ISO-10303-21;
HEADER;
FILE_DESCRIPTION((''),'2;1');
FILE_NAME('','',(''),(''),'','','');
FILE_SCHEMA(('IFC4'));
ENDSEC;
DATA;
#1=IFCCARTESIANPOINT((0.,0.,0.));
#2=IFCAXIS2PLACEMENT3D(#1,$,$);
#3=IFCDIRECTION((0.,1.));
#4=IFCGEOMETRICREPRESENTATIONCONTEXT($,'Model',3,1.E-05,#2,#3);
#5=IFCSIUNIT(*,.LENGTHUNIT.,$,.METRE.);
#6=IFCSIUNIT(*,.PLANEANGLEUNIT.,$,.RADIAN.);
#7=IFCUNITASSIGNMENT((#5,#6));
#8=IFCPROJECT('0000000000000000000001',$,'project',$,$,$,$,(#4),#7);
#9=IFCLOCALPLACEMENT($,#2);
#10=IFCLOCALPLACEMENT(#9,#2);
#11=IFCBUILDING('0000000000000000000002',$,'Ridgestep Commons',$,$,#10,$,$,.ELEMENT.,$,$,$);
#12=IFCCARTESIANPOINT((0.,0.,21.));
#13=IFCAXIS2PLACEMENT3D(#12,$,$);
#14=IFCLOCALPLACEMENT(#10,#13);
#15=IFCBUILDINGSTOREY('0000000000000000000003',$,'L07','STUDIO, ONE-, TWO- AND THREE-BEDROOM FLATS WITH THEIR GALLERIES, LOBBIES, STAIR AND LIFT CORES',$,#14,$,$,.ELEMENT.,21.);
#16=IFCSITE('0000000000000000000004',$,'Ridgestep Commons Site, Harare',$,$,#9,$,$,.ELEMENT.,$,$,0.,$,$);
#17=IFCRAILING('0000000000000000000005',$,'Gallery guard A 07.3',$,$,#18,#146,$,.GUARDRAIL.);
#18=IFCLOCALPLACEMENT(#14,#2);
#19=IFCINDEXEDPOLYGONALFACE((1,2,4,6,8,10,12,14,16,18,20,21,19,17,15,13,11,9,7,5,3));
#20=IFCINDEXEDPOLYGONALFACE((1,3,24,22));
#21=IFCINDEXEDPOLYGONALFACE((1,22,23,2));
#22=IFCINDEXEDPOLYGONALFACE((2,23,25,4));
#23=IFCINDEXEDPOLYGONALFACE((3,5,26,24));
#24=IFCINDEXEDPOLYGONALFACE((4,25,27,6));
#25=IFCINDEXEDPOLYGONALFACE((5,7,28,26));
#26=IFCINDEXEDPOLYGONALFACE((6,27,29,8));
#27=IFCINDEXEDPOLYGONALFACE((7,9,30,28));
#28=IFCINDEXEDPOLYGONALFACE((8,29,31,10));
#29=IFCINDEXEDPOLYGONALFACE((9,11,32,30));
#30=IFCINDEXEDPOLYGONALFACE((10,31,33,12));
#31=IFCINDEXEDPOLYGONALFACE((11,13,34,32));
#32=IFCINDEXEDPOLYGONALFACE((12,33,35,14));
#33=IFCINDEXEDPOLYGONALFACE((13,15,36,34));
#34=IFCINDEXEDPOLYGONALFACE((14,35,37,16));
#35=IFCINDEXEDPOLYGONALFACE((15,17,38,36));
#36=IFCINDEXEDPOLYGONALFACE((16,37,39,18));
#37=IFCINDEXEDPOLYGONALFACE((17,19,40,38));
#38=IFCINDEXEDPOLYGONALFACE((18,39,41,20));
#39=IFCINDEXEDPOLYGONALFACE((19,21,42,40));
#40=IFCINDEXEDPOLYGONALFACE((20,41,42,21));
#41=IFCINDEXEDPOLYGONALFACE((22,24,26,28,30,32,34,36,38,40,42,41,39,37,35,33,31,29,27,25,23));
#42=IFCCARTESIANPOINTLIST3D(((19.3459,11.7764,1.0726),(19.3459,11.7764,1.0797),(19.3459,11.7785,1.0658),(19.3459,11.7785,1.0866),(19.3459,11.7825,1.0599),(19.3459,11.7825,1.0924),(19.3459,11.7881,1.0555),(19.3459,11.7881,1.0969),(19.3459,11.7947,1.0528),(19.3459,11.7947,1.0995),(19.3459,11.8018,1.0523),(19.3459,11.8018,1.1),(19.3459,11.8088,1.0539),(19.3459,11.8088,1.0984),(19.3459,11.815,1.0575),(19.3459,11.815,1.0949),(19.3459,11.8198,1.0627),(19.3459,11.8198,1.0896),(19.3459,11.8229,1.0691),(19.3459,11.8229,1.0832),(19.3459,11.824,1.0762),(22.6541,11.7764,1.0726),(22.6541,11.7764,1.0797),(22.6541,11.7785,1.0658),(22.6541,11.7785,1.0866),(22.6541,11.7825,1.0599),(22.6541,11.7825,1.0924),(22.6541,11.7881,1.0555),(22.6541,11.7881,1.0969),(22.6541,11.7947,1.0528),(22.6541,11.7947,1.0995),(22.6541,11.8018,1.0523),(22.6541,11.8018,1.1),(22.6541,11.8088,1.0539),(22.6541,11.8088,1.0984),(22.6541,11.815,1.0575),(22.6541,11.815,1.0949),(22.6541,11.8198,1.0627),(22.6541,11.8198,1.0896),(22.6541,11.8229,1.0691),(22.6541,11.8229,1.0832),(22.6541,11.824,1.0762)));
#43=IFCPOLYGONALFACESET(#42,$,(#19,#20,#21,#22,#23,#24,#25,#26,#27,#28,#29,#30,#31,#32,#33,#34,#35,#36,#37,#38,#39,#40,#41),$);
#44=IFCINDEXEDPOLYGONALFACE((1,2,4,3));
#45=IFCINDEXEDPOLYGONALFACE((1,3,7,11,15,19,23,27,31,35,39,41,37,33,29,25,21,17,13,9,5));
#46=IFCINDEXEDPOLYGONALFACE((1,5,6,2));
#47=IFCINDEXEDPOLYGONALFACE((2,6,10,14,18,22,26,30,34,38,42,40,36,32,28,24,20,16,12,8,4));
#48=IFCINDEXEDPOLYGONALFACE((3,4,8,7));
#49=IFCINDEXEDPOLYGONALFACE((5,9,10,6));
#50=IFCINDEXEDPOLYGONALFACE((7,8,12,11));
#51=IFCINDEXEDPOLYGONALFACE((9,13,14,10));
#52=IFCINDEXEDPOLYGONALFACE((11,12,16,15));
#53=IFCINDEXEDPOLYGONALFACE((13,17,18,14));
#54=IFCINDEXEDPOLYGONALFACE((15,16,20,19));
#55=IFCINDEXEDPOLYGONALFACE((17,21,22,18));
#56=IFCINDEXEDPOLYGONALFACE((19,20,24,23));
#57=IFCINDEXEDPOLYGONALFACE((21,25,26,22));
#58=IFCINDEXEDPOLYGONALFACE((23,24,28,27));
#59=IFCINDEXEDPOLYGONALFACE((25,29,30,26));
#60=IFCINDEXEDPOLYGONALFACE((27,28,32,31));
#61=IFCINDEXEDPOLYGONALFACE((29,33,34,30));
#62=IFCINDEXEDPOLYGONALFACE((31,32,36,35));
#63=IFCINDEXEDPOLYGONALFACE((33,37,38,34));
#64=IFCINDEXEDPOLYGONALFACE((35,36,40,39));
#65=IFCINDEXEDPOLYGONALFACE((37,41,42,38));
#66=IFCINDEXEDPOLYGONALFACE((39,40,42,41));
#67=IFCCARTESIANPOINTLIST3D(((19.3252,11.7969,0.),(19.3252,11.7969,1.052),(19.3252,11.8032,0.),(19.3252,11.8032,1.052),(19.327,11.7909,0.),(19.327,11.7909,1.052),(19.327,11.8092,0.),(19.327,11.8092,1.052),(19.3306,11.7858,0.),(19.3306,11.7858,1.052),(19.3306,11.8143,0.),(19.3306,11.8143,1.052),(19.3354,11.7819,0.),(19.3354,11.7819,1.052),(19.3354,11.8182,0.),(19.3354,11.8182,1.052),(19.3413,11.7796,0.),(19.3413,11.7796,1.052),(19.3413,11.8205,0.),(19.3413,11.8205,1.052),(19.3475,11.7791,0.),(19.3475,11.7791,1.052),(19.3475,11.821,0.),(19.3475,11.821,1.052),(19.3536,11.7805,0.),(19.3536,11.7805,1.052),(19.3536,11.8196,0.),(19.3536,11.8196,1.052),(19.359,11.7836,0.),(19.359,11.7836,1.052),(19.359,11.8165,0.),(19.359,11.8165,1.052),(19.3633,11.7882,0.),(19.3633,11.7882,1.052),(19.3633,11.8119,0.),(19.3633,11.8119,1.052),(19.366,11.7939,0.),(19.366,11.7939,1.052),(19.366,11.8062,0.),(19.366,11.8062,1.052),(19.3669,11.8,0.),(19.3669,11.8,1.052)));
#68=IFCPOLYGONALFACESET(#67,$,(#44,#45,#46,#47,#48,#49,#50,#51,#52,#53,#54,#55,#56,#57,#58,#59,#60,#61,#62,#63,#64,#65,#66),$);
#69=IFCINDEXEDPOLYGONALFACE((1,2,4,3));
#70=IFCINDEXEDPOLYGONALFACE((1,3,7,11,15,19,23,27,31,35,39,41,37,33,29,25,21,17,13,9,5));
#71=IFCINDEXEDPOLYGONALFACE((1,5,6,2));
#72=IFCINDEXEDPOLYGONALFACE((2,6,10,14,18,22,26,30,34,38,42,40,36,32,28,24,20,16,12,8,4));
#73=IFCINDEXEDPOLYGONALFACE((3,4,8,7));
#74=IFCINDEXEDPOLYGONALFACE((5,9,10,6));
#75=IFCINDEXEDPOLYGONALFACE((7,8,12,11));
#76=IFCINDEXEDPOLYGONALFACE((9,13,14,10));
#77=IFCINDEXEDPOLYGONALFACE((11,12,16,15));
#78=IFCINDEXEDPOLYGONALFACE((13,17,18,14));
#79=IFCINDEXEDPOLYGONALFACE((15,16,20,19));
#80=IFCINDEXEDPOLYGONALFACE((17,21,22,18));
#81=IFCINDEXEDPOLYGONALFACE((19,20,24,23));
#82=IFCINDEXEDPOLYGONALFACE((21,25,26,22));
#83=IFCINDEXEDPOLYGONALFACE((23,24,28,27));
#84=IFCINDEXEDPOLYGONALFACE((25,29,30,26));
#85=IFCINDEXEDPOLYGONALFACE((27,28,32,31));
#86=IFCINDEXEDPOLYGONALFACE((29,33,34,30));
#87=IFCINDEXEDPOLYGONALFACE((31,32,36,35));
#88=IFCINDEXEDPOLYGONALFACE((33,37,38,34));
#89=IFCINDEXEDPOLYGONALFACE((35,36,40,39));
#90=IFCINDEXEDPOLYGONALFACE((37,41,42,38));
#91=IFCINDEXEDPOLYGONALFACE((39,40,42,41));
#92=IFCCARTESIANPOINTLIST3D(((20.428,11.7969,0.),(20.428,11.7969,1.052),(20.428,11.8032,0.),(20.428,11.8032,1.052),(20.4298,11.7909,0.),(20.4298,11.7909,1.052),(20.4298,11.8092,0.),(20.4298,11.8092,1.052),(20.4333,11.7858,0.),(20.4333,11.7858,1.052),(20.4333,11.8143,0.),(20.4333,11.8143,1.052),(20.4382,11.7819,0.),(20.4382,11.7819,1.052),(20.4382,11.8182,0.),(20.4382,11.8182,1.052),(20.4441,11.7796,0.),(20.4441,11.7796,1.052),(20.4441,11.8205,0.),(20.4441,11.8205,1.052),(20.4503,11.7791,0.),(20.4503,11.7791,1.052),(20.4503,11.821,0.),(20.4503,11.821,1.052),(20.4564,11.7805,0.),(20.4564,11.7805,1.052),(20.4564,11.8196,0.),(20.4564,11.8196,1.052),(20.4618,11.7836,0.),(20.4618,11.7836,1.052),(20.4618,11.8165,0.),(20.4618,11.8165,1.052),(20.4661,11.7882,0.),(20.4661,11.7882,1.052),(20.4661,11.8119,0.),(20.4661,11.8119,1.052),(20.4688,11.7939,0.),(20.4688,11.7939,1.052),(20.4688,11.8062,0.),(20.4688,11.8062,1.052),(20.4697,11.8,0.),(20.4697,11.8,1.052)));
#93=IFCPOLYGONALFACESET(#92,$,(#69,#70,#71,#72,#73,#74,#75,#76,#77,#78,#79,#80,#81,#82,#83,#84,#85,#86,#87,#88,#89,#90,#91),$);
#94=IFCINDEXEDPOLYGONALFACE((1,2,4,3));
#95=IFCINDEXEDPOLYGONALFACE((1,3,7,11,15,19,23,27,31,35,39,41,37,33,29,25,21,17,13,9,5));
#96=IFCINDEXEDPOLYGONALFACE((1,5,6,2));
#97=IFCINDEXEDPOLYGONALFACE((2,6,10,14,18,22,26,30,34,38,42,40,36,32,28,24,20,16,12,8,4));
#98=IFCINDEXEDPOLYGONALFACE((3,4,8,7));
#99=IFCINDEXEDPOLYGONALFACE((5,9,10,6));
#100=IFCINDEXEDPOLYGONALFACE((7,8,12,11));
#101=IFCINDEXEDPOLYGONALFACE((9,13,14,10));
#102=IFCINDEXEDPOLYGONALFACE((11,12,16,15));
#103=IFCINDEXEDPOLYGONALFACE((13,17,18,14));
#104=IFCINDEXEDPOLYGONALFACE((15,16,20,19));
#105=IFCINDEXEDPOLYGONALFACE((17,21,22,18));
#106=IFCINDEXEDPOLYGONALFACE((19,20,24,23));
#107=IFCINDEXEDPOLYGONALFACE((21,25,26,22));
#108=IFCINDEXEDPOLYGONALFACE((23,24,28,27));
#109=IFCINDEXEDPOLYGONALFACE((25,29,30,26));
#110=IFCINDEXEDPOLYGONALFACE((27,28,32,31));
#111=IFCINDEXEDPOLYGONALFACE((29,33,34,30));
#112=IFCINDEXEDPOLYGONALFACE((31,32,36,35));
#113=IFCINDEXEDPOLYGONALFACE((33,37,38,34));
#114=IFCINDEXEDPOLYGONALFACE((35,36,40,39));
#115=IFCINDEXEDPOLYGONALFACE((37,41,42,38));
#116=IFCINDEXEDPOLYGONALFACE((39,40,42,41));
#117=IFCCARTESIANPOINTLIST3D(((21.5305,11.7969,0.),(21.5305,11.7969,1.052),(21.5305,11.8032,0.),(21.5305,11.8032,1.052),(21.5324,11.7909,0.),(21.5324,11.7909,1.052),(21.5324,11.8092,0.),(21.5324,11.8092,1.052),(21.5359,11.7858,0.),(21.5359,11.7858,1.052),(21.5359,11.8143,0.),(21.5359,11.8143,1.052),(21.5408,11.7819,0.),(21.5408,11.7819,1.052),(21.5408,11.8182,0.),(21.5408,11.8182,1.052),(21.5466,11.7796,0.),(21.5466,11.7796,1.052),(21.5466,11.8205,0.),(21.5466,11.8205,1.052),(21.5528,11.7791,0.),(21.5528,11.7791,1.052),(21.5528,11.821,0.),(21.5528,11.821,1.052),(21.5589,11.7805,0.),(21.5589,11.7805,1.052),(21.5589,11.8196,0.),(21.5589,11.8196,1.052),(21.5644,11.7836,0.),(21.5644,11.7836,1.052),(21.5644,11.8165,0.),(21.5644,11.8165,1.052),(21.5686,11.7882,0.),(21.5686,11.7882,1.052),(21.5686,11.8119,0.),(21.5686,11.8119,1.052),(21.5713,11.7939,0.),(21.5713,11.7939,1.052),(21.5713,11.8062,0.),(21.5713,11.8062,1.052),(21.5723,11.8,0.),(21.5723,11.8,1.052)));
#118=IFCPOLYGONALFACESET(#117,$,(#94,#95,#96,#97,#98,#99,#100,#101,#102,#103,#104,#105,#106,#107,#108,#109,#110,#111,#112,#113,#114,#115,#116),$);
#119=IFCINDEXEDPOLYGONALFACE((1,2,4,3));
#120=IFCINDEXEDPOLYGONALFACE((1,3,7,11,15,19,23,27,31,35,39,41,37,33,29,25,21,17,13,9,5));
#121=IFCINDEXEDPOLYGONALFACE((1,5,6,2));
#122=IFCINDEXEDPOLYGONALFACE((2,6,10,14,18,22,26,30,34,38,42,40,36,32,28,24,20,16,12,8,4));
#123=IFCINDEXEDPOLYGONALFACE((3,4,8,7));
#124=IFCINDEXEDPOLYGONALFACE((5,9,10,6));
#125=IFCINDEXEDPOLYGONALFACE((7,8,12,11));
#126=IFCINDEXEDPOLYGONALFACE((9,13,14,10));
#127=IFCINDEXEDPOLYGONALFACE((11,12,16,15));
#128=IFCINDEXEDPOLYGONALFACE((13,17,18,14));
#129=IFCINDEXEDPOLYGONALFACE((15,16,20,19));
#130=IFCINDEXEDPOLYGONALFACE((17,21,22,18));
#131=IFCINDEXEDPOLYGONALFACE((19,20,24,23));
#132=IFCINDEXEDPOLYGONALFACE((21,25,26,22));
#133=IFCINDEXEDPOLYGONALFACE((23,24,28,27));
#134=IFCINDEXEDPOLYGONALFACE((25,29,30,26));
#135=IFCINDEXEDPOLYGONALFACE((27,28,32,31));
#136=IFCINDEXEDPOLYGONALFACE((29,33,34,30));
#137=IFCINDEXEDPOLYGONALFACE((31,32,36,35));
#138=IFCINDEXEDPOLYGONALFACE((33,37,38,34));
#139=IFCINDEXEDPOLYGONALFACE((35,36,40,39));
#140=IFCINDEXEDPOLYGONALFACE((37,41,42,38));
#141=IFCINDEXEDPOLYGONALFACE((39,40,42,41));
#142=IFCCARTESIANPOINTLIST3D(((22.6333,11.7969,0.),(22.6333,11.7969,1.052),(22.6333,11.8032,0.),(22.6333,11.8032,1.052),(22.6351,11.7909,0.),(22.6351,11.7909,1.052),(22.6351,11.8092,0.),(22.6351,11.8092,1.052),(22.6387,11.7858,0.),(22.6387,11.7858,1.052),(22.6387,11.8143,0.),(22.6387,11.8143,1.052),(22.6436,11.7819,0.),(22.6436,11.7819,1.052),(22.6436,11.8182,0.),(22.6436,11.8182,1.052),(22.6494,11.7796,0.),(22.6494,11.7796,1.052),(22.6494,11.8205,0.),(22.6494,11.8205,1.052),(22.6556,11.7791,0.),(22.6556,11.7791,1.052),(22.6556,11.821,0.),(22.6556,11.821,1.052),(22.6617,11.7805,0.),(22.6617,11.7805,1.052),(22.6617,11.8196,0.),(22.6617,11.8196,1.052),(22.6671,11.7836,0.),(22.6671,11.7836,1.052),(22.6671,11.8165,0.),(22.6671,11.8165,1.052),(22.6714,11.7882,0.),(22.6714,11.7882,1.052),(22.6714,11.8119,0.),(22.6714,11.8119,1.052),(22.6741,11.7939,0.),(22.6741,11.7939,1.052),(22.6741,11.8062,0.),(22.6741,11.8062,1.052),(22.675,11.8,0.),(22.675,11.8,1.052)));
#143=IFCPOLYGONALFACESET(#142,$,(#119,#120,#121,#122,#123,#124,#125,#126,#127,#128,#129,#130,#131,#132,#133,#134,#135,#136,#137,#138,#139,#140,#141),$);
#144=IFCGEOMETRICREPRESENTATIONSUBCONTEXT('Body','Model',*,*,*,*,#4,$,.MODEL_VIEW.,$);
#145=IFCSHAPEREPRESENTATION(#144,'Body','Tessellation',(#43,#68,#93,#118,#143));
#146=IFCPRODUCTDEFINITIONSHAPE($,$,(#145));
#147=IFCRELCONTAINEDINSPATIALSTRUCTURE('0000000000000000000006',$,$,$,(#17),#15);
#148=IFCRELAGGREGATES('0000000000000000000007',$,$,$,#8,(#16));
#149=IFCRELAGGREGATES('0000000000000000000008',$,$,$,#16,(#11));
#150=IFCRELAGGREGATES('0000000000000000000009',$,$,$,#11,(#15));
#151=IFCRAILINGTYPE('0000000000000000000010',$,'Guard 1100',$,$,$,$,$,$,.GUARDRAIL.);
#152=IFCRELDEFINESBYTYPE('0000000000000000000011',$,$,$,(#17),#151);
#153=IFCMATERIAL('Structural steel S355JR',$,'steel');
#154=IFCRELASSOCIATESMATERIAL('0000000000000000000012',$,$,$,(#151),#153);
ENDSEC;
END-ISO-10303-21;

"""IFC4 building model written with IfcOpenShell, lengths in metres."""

from ifc_helpers import new_model, si_unit, direction, frame, origin, origin_2d, place, context, subcontext, project, spatial, circle, extrude, material, type_object, element, save


model = new_model("IFC4")

# Units and contexts
model_context = context("Model", 3, precision=1e-05, world=origin(), true_north=direction((0.0, 1.0)))
body_context = subcontext(model_context, "Body", "Model", "MODEL_VIEW")
ifc_project = project(units=[si_unit("LENGTHUNIT", "METRE"), si_unit("PLANEANGLEUNIT", "RADIAN")], contexts=[model_context])

# Site, building, storey
site_placement = place(None, origin())
site = spatial("IfcSite", under=ifc_project, at=site_placement, Name="Ridgestep Commons Site, Harare", CompositionType="ELEMENT", RefElevation=0.0)
building_placement = place(site_placement, origin())
building = spatial("IfcBuilding", under=site, at=building_placement, Name="Ridgestep Commons", CompositionType="ELEMENT")
storey_placement = place(building_placement, frame((0.0, 0.0, 21.0)))
storey = spatial("IfcBuildingStorey", under=building, at=storey_placement, Name="L07", Description="STUDIO, ONE-, TWO- AND THREE-BEDROOM FLATS WITH THEIR GALLERIES, LOBBIES, STAIR AND LIFT CORES", CompositionType="ELEMENT", Elevation=21.0)

# Railing
ifc_material_1 = material(Name="Structural steel S355JR", Category="steel")
railing_type = type_object("IfcRailingType", Name="Guard 1100", PredefinedType="GUARDRAIL", material=ifc_material_1)
railing_1_placement = place(storey_placement, frame((19.3459, 11.8, 0.0)))
element("IfcRailing", 1, at=railing_1_placement, inside=storey, type_object=railing_type, Name="Gallery guard A 07.3", PredefinedType="GUARDRAIL", context=body_context, shape_type="SweptSolid", body=[
    extrude(circle(Radius=0.0239, at=origin_2d()), frame((0.0, 0.0, 1.0762), z_axis=(1.0, 0.0, 0.0), x_axis=(0.0, 1.0, 0.0)), (0.0, 0.0, 1.0), 3.3081),
    extrude(circle(Radius=0.021, at=origin_2d()), origin(), (0.0, 0.0, 1.0), 1.052),
    extrude(circle(Radius=0.021, at=origin_2d()), frame((1.1028, 0.0, 0.0)), (0.0, 0.0, 1.0), 1.052),
    extrude(circle(Radius=0.021, at=origin_2d()), frame((2.2053, 0.0, 0.0)), (0.0, 0.0, 1.0), 1.052),
    extrude(circle(Radius=0.021, at=origin_2d()), frame((3.3081, 0.0, 0.0)), (0.0, 0.0, 1.0), 1.052),
])

save(model, "model.ifc")
